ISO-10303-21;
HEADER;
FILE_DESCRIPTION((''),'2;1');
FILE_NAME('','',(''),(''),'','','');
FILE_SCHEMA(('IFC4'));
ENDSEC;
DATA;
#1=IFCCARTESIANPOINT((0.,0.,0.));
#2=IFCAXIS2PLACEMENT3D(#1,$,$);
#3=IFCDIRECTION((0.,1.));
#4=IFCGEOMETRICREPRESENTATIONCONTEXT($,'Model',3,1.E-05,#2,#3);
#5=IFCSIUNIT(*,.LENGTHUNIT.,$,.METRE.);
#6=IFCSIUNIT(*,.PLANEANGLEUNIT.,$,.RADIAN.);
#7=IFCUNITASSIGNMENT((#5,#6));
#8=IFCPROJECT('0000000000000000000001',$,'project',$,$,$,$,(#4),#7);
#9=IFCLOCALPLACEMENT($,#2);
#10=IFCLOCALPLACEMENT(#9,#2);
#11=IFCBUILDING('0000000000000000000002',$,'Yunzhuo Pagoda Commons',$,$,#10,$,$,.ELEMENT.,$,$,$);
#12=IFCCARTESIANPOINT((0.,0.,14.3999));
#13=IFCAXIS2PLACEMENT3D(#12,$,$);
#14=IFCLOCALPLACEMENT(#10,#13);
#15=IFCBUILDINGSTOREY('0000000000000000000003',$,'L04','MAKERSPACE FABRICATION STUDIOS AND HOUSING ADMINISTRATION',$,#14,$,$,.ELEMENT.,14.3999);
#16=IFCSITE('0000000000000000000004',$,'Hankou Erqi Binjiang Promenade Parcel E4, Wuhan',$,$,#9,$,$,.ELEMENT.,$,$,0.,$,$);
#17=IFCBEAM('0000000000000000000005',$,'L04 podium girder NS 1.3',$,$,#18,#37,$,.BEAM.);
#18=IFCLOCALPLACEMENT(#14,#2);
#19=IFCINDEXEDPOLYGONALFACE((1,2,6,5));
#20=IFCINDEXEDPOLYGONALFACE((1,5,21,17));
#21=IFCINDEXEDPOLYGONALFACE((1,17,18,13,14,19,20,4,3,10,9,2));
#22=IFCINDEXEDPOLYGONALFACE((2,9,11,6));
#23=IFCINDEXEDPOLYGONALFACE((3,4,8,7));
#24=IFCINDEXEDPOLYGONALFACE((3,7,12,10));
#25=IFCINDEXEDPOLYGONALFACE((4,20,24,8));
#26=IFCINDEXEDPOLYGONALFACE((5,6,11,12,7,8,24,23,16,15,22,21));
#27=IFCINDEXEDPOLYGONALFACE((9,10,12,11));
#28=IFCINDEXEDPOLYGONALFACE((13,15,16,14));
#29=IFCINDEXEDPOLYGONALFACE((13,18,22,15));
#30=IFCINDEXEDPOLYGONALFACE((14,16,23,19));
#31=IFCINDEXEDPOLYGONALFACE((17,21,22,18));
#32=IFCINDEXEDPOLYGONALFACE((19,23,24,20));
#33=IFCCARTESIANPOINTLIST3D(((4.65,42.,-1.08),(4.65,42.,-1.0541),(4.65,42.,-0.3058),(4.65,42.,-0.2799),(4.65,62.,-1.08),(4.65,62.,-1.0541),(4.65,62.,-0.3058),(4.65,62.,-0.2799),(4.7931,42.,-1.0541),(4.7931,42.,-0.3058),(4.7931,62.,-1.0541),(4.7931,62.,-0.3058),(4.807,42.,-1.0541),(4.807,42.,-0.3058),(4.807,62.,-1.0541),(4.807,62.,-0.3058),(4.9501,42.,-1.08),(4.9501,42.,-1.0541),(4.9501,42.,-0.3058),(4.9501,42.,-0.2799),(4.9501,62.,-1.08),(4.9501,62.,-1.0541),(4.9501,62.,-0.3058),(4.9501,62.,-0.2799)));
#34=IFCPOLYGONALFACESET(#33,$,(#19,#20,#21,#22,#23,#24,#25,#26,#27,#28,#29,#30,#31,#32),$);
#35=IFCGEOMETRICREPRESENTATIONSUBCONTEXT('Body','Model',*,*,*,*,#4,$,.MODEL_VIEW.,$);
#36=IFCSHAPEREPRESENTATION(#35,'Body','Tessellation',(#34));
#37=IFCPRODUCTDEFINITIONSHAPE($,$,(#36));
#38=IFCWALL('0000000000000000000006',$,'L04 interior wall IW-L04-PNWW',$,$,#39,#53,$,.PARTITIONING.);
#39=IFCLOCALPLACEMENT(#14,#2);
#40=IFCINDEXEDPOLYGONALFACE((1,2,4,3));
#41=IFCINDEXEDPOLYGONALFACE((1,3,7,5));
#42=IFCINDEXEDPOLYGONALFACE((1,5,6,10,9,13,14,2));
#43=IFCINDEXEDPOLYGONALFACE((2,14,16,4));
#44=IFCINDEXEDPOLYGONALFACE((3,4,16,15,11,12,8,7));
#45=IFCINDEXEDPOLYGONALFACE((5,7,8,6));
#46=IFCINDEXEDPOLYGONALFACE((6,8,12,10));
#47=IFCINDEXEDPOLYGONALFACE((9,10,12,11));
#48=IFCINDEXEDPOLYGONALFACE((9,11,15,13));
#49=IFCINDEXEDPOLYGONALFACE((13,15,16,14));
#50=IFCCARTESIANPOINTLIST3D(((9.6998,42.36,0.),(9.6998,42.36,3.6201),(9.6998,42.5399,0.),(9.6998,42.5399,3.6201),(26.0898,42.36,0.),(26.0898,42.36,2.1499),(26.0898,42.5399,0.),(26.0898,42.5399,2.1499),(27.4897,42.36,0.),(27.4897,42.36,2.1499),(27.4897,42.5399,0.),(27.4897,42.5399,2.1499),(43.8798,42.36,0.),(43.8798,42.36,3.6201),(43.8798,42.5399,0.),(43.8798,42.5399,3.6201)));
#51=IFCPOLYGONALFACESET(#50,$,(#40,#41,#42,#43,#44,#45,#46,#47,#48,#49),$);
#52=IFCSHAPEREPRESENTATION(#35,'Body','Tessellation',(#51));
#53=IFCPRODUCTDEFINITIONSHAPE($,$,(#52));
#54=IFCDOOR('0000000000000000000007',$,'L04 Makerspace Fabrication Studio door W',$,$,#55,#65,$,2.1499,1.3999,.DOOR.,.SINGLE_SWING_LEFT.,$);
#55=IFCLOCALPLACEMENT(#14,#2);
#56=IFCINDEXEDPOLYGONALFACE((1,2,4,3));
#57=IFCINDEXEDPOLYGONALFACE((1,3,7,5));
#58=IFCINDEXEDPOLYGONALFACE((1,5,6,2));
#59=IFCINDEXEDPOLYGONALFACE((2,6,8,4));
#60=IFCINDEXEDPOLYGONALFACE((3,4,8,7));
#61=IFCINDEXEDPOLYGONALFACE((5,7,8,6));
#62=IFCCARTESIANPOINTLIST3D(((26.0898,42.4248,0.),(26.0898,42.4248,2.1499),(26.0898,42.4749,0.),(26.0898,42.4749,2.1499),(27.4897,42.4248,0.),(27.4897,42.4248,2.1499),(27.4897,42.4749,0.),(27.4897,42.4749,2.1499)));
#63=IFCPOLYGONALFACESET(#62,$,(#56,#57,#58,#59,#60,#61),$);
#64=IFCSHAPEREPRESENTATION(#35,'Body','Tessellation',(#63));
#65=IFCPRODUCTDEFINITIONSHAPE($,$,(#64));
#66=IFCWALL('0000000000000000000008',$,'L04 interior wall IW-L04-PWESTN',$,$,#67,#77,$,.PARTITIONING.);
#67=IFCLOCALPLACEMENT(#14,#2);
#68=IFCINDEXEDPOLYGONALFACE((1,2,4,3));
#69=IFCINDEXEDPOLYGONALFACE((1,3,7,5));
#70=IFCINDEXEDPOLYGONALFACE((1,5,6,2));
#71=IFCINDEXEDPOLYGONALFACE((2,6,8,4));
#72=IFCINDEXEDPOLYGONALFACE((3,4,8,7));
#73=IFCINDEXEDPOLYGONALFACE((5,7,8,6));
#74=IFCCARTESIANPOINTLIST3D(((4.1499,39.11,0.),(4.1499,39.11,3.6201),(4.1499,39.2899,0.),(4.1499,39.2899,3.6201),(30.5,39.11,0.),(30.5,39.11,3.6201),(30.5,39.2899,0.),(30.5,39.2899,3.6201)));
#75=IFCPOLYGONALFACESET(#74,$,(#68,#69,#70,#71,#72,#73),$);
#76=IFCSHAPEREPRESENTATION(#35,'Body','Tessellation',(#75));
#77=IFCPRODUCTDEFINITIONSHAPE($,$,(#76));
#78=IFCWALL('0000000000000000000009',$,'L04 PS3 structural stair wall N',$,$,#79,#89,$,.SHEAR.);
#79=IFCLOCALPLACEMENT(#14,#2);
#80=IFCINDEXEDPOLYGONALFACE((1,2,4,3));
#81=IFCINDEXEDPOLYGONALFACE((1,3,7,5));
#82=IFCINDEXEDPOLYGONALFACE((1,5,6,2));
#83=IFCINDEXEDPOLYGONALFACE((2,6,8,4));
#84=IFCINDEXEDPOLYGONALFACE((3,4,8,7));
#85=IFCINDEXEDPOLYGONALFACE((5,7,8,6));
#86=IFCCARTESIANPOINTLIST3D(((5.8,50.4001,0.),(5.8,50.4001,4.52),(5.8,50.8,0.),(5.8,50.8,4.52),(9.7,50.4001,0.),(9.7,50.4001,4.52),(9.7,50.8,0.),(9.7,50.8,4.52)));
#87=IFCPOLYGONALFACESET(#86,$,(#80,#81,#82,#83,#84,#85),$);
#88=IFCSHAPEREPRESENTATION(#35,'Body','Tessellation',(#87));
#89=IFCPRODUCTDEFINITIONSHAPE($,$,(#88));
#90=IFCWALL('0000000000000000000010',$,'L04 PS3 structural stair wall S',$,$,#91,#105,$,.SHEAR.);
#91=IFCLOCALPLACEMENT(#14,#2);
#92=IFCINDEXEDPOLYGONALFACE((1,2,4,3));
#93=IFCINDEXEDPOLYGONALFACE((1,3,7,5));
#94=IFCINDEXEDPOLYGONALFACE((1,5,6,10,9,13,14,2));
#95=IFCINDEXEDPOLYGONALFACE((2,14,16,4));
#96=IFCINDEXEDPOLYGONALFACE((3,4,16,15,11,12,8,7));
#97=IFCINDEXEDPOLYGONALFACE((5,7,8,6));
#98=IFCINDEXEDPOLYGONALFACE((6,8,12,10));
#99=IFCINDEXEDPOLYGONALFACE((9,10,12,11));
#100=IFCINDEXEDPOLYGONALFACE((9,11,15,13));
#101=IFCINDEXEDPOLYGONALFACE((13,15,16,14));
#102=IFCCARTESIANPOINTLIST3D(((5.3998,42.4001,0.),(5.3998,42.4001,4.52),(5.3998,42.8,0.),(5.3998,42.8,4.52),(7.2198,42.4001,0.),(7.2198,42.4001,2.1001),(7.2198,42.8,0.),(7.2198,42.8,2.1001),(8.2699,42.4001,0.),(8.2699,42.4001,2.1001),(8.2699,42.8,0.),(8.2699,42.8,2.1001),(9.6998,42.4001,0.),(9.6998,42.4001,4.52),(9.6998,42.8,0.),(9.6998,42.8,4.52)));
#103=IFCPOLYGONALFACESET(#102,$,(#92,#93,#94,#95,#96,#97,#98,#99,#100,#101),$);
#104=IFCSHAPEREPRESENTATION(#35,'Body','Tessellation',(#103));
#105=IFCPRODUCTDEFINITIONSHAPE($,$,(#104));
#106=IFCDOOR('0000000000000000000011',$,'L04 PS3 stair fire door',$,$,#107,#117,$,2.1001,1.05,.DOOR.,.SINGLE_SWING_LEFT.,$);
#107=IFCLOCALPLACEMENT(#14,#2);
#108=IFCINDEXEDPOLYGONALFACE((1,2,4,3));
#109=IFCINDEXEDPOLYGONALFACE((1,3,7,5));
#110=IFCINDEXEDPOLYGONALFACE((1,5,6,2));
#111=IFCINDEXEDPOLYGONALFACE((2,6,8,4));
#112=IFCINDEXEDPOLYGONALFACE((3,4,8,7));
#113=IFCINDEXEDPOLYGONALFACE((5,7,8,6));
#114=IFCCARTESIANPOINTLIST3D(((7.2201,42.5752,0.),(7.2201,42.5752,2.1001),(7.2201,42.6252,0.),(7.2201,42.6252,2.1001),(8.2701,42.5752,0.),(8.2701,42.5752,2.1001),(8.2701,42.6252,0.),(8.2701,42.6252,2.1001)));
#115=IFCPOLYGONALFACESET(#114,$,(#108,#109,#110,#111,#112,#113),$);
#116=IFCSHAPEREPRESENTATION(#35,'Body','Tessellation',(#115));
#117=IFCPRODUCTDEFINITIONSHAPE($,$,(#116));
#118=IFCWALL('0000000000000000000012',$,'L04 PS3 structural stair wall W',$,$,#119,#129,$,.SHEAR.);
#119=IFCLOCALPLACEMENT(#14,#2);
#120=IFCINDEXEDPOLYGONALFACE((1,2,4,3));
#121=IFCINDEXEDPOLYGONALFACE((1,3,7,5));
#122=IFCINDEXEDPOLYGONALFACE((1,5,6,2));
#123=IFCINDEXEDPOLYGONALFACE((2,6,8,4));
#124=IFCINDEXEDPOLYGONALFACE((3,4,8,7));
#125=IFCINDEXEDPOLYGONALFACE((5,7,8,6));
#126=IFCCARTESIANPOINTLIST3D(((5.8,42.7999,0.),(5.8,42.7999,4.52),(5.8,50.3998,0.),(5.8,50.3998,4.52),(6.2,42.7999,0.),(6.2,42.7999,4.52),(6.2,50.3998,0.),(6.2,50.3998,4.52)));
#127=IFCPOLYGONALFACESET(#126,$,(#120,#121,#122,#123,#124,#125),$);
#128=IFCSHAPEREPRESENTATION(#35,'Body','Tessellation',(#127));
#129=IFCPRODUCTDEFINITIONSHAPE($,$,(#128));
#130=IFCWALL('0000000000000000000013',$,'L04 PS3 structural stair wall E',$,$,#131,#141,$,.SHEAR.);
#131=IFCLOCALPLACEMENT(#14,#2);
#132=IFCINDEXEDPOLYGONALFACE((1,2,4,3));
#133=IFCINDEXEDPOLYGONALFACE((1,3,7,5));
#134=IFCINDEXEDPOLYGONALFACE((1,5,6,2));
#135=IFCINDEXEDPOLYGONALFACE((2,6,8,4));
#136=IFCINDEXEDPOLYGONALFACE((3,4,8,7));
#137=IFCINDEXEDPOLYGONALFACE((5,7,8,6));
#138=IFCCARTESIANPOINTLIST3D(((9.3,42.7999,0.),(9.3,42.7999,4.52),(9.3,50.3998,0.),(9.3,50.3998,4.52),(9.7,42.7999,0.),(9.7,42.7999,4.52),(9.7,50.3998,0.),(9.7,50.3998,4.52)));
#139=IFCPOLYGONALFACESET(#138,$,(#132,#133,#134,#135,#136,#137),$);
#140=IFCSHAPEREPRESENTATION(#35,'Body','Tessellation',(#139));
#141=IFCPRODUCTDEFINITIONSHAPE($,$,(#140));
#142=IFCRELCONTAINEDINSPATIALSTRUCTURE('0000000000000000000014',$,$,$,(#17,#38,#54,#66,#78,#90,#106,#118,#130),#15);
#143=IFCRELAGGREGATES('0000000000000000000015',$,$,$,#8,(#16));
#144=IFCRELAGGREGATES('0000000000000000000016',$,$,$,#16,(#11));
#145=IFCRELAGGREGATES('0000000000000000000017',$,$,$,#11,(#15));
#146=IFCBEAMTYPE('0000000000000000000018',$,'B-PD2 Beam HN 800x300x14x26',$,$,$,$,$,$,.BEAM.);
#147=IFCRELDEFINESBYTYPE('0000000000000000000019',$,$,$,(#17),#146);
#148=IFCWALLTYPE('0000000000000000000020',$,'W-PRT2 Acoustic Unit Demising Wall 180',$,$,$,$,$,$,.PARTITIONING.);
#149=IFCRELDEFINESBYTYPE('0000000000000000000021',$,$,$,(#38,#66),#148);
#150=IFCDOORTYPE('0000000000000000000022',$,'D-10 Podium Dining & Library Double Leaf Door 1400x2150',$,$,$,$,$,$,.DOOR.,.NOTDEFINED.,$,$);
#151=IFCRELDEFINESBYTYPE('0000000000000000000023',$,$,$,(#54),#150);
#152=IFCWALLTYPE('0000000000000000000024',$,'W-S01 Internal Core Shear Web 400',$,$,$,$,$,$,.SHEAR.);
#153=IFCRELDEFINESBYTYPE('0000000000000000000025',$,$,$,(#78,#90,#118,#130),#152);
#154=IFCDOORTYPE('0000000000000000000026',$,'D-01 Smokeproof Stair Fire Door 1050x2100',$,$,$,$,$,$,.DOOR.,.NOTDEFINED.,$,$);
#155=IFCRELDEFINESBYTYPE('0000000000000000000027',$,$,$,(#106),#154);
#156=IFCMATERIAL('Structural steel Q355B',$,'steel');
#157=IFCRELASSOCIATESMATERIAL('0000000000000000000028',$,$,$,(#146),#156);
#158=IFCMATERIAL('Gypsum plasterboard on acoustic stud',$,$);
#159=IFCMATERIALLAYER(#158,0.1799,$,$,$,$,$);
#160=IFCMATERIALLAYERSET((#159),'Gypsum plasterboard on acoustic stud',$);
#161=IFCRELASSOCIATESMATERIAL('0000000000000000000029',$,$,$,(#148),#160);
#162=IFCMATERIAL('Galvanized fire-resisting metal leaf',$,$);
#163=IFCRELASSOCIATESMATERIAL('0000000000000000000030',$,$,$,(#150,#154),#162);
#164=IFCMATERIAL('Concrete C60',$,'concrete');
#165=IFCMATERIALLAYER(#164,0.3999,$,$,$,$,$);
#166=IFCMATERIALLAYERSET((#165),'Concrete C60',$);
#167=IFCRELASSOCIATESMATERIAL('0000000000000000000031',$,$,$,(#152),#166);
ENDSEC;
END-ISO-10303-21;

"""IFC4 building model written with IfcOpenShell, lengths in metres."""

from ifc_helpers import new_model, si_unit, direction, frame, frame_2d, origin, origin_with_axes, origin_2d, place, context, subcontext, project, spatial, rectangle, i_section, extrude, source, transform, mapped, material, layer, layer_set, material_profile, profile_set, type_object, element, fill, save


model = new_model("IFC4")

# Units and contexts
model_context = context("Model", 3, precision=1e-05, world=origin(), true_north=direction((0.0, 1.0)))
body_context = subcontext(model_context, "Body", "Model", "MODEL_VIEW")
ifc_project = project(units=[si_unit("LENGTHUNIT", "METRE"), si_unit("PLANEANGLEUNIT", "RADIAN")], contexts=[model_context])

# Site, building, storey
site_placement = place(None, origin())
site = spatial("IfcSite", under=ifc_project, at=site_placement, Name="Hankou Erqi Binjiang Promenade Parcel E4, Wuhan", CompositionType="ELEMENT", RefElevation=0.0)
building_placement = place(site_placement, origin())
building = spatial("IfcBuilding", under=site, at=building_placement, Name="Yunzhuo Pagoda Commons", CompositionType="ELEMENT")
storey_placement = place(building_placement, frame((0.0, 0.0, 14.3999)))
storey = spatial("IfcBuildingStorey", under=building, at=storey_placement, Name="L04", Description="MAKERSPACE FABRICATION STUDIOS AND HOUSING ADMINISTRATION", CompositionType="ELEMENT", Elevation=14.3999)

# Beam
ifc_material_1 = material(Name="Structural steel Q355B", Category="steel")
ifc_material_profile_1 = material_profile(ifc_material_1, i_section(OverallWidth=0.3, OverallDepth=0.8, WebThickness=0.0139, FlangeThickness=0.0259, at=origin_2d()), Name="Structural steel Q355B")
ifc_profile_set_1 = profile_set([ifc_material_profile_1], Name="Structural steel Q355B")
beam_type_1 = type_object("IfcBeamType", Name="B-PD2 Beam HN 800x300x14x26", PredefinedType="BEAM", material=ifc_profile_set_1)
shared_shape_1 = source(origin(), body_context, "Body", "SweptSolid", [
    extrude(i_section(OverallWidth=0.3, OverallDepth=0.8, WebThickness=0.0139, FlangeThickness=0.0259, at=origin_2d()), origin(), (0.0, 0.0, 1.0), 20.0),
])
beam_1_placement = place(storey_placement, frame((4.8, 42.0, -0.6799), z_axis=(0.0, 1.0, 0.0), x_axis=(-1.0, 0.0, 0.0)))
element("IfcBeam", 1, at=beam_1_placement, inside=storey, type_object=beam_type_1, Name="L04 podium girder NS 1.3", PredefinedType="BEAM", context=body_context, shape_type="MappedRepresentation", body=[
    mapped(shared_shape_1, transform((0.0, 0.0, 0.0), scale=1.0)),
])

# Wall, opening, door
ifc_material_2 = material(Name="Gypsum plasterboard on acoustic stud")
ifc_layer_1 = layer(ifc_material_2, 0.1799)
ifc_layer_set_1 = layer_set([ifc_layer_1], Name="Gypsum plasterboard on acoustic stud")
wall_type_1 = type_object("IfcWallType", Name="W-PRT2 Acoustic Unit Demising Wall 180", PredefinedType="PARTITIONING", material=ifc_layer_set_1)
wall_1_placement = place(storey_placement, frame((9.7, 42.45, 0.0), z_axis=(0.0, 0.0, 1.0), x_axis=(1.0, 0.0, 0.0)))
wall_1 = element("IfcWall", 2, at=wall_1_placement, inside=storey, type_object=wall_type_1, Name="L04 interior wall IW-L04-PNWW", PredefinedType="PARTITIONING", context=body_context, shape_type="SweptSolid", body=[
    extrude(rectangle(XDim=34.1799, YDim=0.1799, at=frame_2d((17.0898, 0.0))), origin(), (0.0, 0.0, 1.0), 3.6201),
])
opening_1_placement = place(wall_1_placement, frame((16.3899, 0.0, 0.0)))
opening_1 = element("IfcOpeningElement", 3, at=opening_1_placement, cuts=wall_1, PredefinedType="OPENING", context=body_context, shape_type="SweptSolid", body=[
    extrude(rectangle(XDim=1.3999, YDim=2.1499, at=frame_2d((0.7, 1.075))), frame((0.0, 0.1001, 0.0), z_axis=(0.0, -1.0, 0.0), x_axis=(1.0, 0.0, 0.0)), (0.0, 0.0, 1.0), 0.2),
])
ifc_material_3 = material(Name="Galvanized fire-resisting metal leaf")
door_type_1 = type_object("IfcDoorType", Name="D-10 Podium Dining & Library Double Leaf Door 1400x2150", OperationType="NOTDEFINED", PredefinedType="DOOR", material=ifc_material_3)
shared_shape_2 = source(origin(), body_context, "Body", "SweptSolid", [
    extrude(rectangle(XDim=1.3999, YDim=2.1499, at=frame_2d((0.7, 1.075))), frame((0.0, 0.0249, 0.0), z_axis=(0.0, -1.0, 0.0), x_axis=(1.0, 0.0, 0.0)), (0.0, 0.0, 1.0), 0.05),
])
door_1_placement = place(opening_1_placement, origin_with_axes())
door_1 = element("IfcDoor", 4, at=door_1_placement, inside=storey, type_object=door_type_1, Name="L04 Makerspace Fabrication Studio door W", OperationType="SINGLE_SWING_LEFT", OverallHeight=2.1499, OverallWidth=1.3999, PredefinedType="DOOR", context=body_context, shape_type="MappedRepresentation", body=[
    mapped(shared_shape_2, transform((0.0, 0.0, 0.0), scale=1.0)),
])
fill(opening_1, door_1)

# Walls
wall_2_placement = place(storey_placement, frame((4.1499, 39.2, 0.0), z_axis=(0.0, 0.0, 1.0), x_axis=(1.0, 0.0, 0.0)))
element("IfcWall", 5, at=wall_2_placement, inside=storey, type_object=wall_type_1, Name="L04 interior wall IW-L04-PWESTN", PredefinedType="PARTITIONING", context=body_context, shape_type="SweptSolid", body=[
    extrude(rectangle(XDim=26.3501, YDim=0.1799, at=frame_2d((13.175, 0.0))), origin(), (0.0, 0.0, 1.0), 3.6201),
])
ifc_material_4 = material(Name="Concrete C60", Category="concrete")
ifc_layer_2 = layer(ifc_material_4, 0.3999)
ifc_layer_set_2 = layer_set([ifc_layer_2], Name="Concrete C60")
wall_type_2 = type_object("IfcWallType", Name="W-S01 Internal Core Shear Web 400", PredefinedType="SHEAR", material=ifc_layer_set_2)
wall_3_placement = place(storey_placement, frame((5.8, 50.6001, 0.0), z_axis=(0.0, 0.0, 1.0), x_axis=(1.0, 0.0, 0.0)))
element("IfcWall", 6, at=wall_3_placement, inside=storey, type_object=wall_type_2, Name="L04 PS3 structural stair wall N", PredefinedType="SHEAR", context=body_context, shape_type="SweptSolid", body=[
    extrude(rectangle(XDim=3.8999, YDim=0.3999, at=frame_2d((1.95, 0.0))), origin(), (0.0, 0.0, 1.0), 4.52),
])

# Wall, opening, door
wall_4_placement = place(storey_placement, frame((5.3999, 42.6001, 0.0), z_axis=(0.0, 0.0, 1.0), x_axis=(1.0, 0.0, 0.0)))
wall_4 = element("IfcWall", 7, at=wall_4_placement, inside=storey, type_object=wall_type_2, Name="L04 PS3 structural stair wall S", PredefinedType="SHEAR", context=body_context, shape_type="SweptSolid", body=[
    extrude(rectangle(XDim=4.3, YDim=0.3999, at=frame_2d((2.1499, 0.0))), origin(), (0.0, 0.0, 1.0), 4.52),
])
opening_2_placement = place(wall_4_placement, frame((1.8201, 0.0, 0.0)))
opening_2 = element("IfcOpeningElement", 8, at=opening_2_placement, cuts=wall_4, PredefinedType="OPENING", context=body_context, shape_type="SweptSolid", body=[
    extrude(rectangle(XDim=1.05, YDim=2.1001, at=frame_2d((0.5249, 1.05))), frame((0.0, 0.21, 0.0), z_axis=(0.0, -1.0, 0.0), x_axis=(1.0, 0.0, 0.0)), (0.0, 0.0, 1.0), 0.4199),
])
door_type_2 = type_object("IfcDoorType", Name="D-01 Smokeproof Stair Fire Door 1050x2100", OperationType="NOTDEFINED", PredefinedType="DOOR", material=ifc_material_3)
shared_shape_3 = source(origin(), body_context, "Body", "SweptSolid", [
    extrude(rectangle(XDim=1.05, YDim=2.1001, at=frame_2d((0.5249, 1.05))), frame((0.0, 0.0249, 0.0), z_axis=(0.0, -1.0, 0.0), x_axis=(1.0, 0.0, 0.0)), (0.0, 0.0, 1.0), 0.05),
])
door_2_placement = place(opening_2_placement, frame((1.05, 0.0, 0.0), z_axis=(0.0, 0.0, 1.0), x_axis=(-1.0, 0.0, 0.0)))
door_2 = element("IfcDoor", 9, at=door_2_placement, inside=storey, type_object=door_type_2, Name="L04 PS3 stair fire door", OperationType="SINGLE_SWING_LEFT", OverallHeight=2.1001, OverallWidth=1.05, PredefinedType="DOOR", context=body_context, shape_type="MappedRepresentation", body=[
    mapped(shared_shape_3, transform((0.0, 0.0, 0.0), scale=1.0)),
])
fill(opening_2, door_2)

# Walls
for number, where, z_axis, x_axis, name in (
    (10, (6.0, 42.8, 0.0), (0.0, 0.0, 1.0), (0.0, 1.0, 0.0), "L04 PS3 structural stair wall W"),
    (11, (9.5, 42.8, 0.0), (0.0, 0.0, 1.0), (0.0, 1.0, 0.0), "L04 PS3 structural stair wall E"),
):
    element("IfcWall", number, at=place(storey_placement, frame(where, z_axis=z_axis, x_axis=x_axis)), inside=storey, type_object=wall_type_2, Name=name, PredefinedType="SHEAR", context=body_context, shape_type="SweptSolid", body=[
        extrude(rectangle(XDim=7.5999, YDim=0.3999, at=frame_2d((3.7998, 0.0))), origin(), (0.0, 0.0, 1.0), 4.52),
    ])

save(model, "model.ifc")
